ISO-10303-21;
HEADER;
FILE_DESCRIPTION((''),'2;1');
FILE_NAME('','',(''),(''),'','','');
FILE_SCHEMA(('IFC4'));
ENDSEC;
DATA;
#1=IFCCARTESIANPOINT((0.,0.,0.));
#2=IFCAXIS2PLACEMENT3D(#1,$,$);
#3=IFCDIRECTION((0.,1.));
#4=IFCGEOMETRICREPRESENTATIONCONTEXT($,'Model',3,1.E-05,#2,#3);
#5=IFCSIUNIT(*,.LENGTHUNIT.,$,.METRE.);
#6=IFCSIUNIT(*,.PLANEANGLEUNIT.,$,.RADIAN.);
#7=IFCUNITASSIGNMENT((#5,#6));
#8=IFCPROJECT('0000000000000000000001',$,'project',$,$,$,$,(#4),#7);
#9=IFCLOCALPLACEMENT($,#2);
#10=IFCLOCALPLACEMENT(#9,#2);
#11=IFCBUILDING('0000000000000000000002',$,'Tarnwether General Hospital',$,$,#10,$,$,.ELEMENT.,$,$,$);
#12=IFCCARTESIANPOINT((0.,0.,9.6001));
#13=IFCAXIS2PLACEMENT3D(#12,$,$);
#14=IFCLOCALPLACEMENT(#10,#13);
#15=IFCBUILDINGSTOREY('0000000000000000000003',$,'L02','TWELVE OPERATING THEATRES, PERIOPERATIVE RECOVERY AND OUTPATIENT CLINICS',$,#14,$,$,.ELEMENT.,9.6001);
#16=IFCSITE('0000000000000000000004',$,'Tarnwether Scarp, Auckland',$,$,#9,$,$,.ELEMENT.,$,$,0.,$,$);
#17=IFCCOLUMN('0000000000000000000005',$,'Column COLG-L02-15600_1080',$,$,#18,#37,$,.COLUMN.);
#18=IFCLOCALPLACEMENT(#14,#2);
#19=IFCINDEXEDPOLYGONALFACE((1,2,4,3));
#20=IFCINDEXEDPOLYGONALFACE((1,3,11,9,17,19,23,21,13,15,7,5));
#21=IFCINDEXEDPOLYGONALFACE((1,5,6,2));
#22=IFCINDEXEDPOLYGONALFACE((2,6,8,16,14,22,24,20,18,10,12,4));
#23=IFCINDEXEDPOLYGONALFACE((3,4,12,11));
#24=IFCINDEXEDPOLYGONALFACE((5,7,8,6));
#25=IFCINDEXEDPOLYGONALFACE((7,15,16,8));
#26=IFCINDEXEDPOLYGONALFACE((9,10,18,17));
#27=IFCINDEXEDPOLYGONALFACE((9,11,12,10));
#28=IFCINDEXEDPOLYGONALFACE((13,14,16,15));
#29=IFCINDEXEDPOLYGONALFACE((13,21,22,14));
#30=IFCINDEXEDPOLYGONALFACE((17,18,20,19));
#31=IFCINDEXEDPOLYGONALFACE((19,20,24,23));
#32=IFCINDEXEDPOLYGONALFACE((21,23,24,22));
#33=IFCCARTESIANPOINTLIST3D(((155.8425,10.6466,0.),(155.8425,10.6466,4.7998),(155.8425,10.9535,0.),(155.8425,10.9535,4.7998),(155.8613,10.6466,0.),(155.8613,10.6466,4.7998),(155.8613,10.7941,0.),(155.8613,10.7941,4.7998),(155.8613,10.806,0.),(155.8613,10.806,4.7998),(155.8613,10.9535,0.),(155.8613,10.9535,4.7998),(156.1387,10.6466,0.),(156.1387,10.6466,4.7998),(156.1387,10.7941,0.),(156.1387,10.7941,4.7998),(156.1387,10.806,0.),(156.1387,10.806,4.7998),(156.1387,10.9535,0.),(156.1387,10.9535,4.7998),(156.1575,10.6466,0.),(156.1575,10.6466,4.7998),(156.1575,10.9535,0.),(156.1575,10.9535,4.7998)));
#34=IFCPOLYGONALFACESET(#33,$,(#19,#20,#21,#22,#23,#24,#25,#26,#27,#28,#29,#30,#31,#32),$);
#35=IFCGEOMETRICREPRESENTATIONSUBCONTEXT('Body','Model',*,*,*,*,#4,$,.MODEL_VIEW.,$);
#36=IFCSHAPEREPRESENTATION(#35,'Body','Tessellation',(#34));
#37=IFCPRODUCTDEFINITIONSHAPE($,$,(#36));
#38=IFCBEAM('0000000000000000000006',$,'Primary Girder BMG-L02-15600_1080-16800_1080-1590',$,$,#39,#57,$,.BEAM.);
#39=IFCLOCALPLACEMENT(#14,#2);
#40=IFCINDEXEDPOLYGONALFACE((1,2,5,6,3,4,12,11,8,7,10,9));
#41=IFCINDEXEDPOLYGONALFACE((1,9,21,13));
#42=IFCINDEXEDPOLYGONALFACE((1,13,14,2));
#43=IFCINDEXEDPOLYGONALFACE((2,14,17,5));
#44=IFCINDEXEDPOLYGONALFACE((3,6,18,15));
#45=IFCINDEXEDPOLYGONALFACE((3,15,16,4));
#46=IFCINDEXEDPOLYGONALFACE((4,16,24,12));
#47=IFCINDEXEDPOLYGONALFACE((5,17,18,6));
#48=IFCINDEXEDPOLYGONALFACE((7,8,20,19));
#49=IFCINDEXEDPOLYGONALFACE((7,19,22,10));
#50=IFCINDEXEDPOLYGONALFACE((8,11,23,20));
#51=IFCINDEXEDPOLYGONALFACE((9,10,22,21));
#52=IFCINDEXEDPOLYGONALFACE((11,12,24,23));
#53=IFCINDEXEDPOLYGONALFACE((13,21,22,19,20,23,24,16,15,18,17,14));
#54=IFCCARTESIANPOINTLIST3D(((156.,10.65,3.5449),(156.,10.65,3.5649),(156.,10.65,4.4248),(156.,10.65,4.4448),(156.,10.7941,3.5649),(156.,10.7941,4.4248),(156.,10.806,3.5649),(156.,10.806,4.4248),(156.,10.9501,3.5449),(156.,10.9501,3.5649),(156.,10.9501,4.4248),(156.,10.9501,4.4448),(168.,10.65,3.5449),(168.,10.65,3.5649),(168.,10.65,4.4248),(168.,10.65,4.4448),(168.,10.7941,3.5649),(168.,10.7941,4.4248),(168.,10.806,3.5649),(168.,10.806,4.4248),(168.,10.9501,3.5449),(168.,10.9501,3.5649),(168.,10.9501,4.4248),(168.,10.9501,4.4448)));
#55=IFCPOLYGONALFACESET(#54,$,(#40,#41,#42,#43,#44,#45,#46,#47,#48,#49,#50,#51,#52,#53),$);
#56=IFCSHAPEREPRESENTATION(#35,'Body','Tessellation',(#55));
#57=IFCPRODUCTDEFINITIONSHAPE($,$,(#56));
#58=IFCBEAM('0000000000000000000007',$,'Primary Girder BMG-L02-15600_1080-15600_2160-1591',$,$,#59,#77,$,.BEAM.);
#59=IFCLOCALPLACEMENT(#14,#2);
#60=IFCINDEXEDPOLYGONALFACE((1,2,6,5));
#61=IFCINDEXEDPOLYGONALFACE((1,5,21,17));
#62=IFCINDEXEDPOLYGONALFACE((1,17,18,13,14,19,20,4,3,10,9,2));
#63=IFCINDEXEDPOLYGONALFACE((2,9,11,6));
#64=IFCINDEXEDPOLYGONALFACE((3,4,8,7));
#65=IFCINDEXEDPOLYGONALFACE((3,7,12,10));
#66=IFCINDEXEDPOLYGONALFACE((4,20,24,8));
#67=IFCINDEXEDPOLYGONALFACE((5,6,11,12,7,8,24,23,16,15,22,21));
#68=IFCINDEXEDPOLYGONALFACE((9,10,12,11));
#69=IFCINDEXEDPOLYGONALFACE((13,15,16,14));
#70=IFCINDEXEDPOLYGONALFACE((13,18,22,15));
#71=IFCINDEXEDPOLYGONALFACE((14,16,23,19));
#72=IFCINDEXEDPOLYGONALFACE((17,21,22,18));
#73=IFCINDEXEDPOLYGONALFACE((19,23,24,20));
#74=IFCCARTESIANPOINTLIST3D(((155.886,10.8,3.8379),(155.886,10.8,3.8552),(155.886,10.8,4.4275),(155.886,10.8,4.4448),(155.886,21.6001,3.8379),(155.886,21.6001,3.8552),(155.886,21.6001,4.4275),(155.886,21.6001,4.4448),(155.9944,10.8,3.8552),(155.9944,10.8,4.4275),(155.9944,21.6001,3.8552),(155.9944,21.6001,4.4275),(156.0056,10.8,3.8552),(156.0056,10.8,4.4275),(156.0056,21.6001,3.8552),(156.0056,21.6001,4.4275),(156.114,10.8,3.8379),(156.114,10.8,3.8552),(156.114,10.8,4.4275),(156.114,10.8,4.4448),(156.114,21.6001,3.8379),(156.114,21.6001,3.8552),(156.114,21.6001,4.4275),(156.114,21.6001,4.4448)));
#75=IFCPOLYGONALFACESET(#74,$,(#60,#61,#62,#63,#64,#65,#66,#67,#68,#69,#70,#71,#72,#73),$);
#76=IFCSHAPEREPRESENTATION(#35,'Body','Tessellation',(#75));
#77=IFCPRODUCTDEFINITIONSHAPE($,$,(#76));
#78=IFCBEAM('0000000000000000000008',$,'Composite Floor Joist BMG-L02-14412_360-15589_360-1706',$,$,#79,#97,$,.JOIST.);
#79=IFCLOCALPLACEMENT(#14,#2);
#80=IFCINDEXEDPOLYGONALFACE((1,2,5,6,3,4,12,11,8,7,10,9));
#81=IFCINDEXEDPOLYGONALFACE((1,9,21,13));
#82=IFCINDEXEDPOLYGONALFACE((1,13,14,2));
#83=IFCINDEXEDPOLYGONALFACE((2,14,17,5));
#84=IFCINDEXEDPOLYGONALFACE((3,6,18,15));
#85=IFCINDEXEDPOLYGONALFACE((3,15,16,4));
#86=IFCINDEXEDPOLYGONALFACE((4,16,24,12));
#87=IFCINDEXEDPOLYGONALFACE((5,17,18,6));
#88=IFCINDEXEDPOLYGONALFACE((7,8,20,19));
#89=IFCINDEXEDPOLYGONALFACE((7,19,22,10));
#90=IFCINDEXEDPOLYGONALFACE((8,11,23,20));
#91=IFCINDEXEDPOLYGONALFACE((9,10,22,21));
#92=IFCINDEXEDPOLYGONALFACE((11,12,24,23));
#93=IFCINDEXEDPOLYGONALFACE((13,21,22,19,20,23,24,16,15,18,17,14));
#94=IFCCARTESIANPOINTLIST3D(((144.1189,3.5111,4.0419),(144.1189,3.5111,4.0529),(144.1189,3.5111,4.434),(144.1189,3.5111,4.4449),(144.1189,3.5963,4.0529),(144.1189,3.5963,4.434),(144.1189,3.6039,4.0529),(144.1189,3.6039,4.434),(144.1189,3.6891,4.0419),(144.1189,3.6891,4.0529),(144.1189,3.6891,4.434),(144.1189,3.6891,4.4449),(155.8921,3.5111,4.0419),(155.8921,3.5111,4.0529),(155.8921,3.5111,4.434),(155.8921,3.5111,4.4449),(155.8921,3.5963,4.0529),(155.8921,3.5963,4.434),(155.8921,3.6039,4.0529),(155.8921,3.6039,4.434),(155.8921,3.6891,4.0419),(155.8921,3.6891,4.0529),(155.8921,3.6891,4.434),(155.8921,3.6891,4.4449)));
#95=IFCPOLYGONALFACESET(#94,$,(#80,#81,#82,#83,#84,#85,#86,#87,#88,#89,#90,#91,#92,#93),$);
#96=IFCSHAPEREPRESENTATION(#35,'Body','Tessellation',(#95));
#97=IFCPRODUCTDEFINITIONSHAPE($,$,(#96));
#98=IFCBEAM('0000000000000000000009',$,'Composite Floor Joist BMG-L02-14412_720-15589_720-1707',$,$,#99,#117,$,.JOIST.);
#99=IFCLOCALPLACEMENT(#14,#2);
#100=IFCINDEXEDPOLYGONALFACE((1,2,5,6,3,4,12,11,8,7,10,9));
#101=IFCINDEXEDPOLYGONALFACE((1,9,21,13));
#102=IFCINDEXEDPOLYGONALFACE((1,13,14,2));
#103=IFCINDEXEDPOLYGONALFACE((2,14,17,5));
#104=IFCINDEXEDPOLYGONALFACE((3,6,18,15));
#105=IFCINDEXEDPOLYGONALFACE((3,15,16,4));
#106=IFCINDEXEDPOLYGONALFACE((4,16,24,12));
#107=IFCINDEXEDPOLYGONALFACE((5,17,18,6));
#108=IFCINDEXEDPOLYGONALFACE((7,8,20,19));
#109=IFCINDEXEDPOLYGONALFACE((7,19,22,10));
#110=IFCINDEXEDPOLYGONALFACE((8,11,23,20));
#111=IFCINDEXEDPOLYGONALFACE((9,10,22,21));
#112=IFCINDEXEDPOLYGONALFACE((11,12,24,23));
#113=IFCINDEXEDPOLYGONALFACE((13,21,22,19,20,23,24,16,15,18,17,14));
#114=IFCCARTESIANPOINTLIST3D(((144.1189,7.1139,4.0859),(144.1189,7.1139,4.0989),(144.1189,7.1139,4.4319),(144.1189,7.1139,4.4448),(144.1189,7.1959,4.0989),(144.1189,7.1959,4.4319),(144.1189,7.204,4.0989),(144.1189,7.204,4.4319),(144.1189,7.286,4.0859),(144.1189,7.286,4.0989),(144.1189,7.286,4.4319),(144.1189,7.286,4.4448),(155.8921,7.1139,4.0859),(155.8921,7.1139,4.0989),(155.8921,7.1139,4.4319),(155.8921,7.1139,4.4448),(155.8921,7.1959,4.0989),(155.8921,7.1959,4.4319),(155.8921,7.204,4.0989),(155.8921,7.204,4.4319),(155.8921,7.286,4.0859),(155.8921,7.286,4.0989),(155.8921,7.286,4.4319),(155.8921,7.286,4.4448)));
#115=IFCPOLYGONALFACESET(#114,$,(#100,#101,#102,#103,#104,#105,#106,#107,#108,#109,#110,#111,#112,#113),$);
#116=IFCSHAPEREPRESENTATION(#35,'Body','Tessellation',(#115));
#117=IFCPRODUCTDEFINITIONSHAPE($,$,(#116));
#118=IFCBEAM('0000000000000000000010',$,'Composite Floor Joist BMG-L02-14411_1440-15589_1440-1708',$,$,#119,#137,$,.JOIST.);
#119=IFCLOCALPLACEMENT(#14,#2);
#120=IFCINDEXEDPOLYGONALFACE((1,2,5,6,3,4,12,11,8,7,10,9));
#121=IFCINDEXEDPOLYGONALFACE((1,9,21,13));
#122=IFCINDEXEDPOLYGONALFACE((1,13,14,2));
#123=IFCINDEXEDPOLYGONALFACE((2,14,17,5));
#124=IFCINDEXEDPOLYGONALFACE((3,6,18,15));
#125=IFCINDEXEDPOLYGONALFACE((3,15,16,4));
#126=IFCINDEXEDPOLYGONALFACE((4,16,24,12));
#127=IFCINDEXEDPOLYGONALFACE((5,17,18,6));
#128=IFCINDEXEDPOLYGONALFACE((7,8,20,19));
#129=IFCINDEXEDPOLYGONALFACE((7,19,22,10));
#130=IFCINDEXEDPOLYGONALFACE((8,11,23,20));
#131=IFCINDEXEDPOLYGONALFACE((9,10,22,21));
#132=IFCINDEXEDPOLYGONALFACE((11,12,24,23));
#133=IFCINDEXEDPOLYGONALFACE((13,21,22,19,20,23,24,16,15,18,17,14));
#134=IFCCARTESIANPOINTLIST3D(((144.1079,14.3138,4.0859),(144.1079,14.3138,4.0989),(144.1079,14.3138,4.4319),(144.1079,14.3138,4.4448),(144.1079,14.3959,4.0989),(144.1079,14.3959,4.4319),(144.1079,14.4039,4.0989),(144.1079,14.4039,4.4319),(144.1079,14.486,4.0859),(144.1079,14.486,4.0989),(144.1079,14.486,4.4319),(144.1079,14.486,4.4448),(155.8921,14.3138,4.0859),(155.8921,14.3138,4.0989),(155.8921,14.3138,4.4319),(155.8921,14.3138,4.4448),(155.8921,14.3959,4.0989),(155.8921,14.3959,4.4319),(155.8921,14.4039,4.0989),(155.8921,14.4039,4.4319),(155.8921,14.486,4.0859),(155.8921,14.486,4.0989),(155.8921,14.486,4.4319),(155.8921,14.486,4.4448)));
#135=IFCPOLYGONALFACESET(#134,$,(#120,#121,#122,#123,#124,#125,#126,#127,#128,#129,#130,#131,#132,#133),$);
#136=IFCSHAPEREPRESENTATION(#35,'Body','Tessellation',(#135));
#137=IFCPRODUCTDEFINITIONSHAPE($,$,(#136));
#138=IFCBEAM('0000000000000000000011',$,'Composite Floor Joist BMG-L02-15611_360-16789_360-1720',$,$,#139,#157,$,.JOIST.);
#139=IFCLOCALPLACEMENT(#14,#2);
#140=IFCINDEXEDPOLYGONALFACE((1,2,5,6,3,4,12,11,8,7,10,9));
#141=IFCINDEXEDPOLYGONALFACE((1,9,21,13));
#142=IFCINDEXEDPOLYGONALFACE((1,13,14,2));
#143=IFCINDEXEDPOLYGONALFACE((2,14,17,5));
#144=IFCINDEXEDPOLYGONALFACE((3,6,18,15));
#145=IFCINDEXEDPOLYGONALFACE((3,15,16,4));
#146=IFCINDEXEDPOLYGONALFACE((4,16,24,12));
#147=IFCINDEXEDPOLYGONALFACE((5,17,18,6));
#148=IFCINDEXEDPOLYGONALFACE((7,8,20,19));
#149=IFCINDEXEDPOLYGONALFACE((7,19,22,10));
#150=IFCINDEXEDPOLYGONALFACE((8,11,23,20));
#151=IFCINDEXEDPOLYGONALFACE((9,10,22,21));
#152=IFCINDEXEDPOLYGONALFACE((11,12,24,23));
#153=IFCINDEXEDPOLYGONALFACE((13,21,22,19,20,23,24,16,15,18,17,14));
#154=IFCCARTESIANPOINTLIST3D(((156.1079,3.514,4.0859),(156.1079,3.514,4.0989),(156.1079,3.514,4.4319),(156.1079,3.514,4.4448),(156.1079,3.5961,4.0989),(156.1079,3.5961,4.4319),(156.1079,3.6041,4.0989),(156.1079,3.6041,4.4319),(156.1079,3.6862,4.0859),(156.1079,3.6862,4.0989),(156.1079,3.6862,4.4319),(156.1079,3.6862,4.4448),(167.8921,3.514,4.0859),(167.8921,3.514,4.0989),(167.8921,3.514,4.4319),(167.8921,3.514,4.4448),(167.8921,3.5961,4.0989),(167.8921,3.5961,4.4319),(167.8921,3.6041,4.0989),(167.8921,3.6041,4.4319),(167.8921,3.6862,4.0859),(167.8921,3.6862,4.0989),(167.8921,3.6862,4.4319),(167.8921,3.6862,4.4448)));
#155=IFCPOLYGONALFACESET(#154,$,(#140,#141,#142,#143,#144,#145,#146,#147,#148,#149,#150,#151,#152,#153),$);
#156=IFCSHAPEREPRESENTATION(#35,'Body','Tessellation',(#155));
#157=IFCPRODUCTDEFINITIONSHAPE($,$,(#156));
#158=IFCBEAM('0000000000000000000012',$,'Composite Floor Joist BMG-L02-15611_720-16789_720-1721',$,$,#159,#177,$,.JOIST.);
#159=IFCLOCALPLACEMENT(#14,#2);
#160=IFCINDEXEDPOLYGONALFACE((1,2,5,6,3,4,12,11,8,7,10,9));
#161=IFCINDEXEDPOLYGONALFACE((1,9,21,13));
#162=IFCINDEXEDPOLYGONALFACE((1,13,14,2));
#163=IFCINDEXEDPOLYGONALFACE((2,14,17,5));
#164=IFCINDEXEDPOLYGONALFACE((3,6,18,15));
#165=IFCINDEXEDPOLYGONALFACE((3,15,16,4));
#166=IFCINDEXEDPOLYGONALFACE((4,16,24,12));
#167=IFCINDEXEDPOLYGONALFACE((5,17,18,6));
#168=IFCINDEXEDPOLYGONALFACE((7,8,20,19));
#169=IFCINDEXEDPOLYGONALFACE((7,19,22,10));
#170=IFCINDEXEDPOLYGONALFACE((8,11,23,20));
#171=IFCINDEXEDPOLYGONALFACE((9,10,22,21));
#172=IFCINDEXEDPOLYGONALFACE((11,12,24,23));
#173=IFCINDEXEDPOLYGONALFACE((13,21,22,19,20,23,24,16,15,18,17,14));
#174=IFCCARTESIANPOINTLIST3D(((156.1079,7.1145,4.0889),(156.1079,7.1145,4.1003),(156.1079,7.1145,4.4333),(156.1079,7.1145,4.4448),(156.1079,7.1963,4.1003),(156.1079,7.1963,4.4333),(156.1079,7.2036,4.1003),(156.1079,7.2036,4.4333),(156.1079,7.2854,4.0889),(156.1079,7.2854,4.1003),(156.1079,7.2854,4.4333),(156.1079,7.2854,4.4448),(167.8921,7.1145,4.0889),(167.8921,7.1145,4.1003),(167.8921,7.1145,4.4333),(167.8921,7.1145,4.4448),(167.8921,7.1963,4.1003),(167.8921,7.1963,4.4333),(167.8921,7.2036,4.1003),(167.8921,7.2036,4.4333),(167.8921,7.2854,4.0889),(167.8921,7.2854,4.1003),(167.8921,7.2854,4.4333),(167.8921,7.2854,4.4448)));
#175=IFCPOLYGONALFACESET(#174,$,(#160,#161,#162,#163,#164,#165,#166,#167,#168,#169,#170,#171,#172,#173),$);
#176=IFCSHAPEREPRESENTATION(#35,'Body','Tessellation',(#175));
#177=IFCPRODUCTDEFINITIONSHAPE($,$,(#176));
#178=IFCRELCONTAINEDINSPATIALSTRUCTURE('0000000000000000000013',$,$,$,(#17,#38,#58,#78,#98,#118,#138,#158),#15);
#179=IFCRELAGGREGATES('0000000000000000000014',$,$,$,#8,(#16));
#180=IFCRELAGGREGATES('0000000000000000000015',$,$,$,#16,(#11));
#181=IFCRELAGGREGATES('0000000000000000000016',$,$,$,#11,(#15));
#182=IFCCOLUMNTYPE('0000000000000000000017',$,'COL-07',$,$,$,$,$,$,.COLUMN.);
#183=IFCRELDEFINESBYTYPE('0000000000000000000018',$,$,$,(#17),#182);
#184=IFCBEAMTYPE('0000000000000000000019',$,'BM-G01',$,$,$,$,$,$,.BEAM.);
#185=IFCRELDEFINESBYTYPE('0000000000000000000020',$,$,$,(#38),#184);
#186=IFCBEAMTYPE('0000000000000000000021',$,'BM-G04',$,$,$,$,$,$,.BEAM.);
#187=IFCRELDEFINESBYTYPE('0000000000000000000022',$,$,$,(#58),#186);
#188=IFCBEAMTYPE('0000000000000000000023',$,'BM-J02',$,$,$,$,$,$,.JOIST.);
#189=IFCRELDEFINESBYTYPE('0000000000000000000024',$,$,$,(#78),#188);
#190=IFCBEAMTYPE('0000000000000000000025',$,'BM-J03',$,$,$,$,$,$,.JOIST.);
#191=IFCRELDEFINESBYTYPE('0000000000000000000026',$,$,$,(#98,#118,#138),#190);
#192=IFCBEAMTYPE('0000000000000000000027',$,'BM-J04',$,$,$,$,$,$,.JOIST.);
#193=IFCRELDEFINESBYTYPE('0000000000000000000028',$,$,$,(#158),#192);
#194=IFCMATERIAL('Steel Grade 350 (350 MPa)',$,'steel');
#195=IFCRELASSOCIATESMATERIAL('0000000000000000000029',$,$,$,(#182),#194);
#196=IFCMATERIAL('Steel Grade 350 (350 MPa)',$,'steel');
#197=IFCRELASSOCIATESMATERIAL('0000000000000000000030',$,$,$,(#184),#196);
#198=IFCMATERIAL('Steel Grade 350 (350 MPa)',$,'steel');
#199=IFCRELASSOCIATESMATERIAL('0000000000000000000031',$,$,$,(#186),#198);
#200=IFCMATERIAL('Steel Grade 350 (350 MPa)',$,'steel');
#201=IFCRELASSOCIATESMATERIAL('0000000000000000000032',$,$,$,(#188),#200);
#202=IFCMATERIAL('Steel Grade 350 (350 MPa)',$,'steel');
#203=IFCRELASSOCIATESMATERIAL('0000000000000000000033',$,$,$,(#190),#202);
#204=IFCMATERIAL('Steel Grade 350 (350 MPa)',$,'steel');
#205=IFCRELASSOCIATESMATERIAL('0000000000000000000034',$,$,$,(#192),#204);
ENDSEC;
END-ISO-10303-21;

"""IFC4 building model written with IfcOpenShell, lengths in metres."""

from ifc_helpers import new_model, si_unit, direction, frame, origin, origin_2d, place, context, subcontext, project, spatial, i_section, extrude, material, material_profile, profile_set, type_object, element, save


model = new_model("IFC4")

# Units and contexts
model_context = context("Model", 3, precision=1e-05, world=origin(), true_north=direction((0.0, 1.0)))
body_context = subcontext(model_context, "Body", "Model", "MODEL_VIEW")
ifc_project = project(units=[si_unit("LENGTHUNIT", "METRE"), si_unit("PLANEANGLEUNIT", "RADIAN")], contexts=[model_context])

# Site, building, storey
site_placement = place(None, origin())
site = spatial("IfcSite", under=ifc_project, at=site_placement, Name="Tarnwether Scarp, Auckland", CompositionType="ELEMENT", RefElevation=0.0)
building_placement = place(site_placement, origin())
building = spatial("IfcBuilding", under=site, at=building_placement, Name="Tarnwether General Hospital", CompositionType="ELEMENT")
storey_placement = place(building_placement, frame((0.0, 0.0, 9.6001)))
storey = spatial("IfcBuildingStorey", under=building, at=storey_placement, Name="L02", Description="TWELVE OPERATING THEATRES, PERIOPERATIVE RECOVERY AND OUTPATIENT CLINICS", CompositionType="ELEMENT", Elevation=9.6001)

# Column
ifc_material_1 = material(Name="Steel Grade 350 (350 MPa)", Category="steel")
ifc_material_profile_1 = material_profile(ifc_material_1, i_section(OverallWidth=0.3069, OverallDepth=0.3149, WebThickness=0.012, FlangeThickness=0.0188, at=origin_2d()), Name="310UC118")
ifc_profile_set_1 = profile_set([ifc_material_profile_1], Name="Steel Grade 350 (350 MPa)")
column_type = type_object("IfcColumnType", Name="COL-07", PredefinedType="COLUMN", material=ifc_profile_set_1)
column_placement = place(storey_placement, frame((156.0, 10.8, 0.0), z_axis=(0.0, 0.0, 1.0), x_axis=(0.0, 1.0, 0.0)))
element("IfcColumn", 1, at=column_placement, inside=storey, type_object=column_type, Name="Column COLG-L02-15600_1080", PredefinedType="COLUMN", context=body_context, shape_type="SweptSolid", body=[
    extrude(i_section(OverallWidth=0.3069, OverallDepth=0.3149, WebThickness=0.012, FlangeThickness=0.0188, at=origin_2d()), origin(), (0.0, 0.0, 1.0), 4.7998),
])

# Beams
ifc_material_2 = material(Name="Steel Grade 350 (350 MPa)", Category="steel")
ifc_material_profile_2 = material_profile(ifc_material_2, i_section(OverallWidth=0.3, OverallDepth=0.8999, WebThickness=0.012, FlangeThickness=0.02, at=origin_2d()), Name="900WB175")
ifc_profile_set_2 = profile_set([ifc_material_profile_2], Name="Steel Grade 350 (350 MPa)")
beam_type_1 = type_object("IfcBeamType", Name="BM-G01", PredefinedType="BEAM", material=ifc_profile_set_2)
beam_1_placement = place(storey_placement, frame((156.0, 10.8, 3.9949), z_axis=(1.0, 0.0, 0.0), x_axis=(0.0, 1.0, 0.0)))
element("IfcBeam", 2, at=beam_1_placement, inside=storey, type_object=beam_type_1, Name="Primary Girder BMG-L02-15600_1080-16800_1080-1590", PredefinedType="BEAM", context=body_context, shape_type="SweptSolid", body=[
    extrude(i_section(OverallWidth=0.3, OverallDepth=0.8999, WebThickness=0.012, FlangeThickness=0.02, at=origin_2d()), origin(), (0.0, 0.0, 1.0), 12.0),
])
ifc_material_3 = material(Name="Steel Grade 350 (350 MPa)", Category="steel")
ifc_material_profile_3 = material_profile(ifc_material_3, i_section(OverallWidth=0.228, OverallDepth=0.6069, WebThickness=0.0112, FlangeThickness=0.0173, at=origin_2d()), Name="610UB113")
ifc_profile_set_3 = profile_set([ifc_material_profile_3], Name="Steel Grade 350 (350 MPa)")
beam_type_2 = type_object("IfcBeamType", Name="BM-G04", PredefinedType="BEAM", material=ifc_profile_set_3)
beam_2_placement = place(storey_placement, frame((156.0, 10.8, 4.1414), z_axis=(0.0, 1.0, 0.0), x_axis=(-1.0, 0.0, 0.0)))
element("IfcBeam", 3, at=beam_2_placement, inside=storey, type_object=beam_type_2, Name="Primary Girder BMG-L02-15600_1080-15600_2160-1591", PredefinedType="BEAM", context=body_context, shape_type="SweptSolid", body=[
    extrude(i_section(OverallWidth=0.228, OverallDepth=0.6069, WebThickness=0.0112, FlangeThickness=0.0173, at=origin_2d()), origin(), (0.0, 0.0, 1.0), 10.8),
])
ifc_material_4 = material(Name="Steel Grade 350 (350 MPa)", Category="steel")
ifc_material_profile_4 = material_profile(ifc_material_4, i_section(OverallWidth=0.178, OverallDepth=0.4031, WebThickness=0.0076, FlangeThickness=0.011, at=origin_2d()), Name="410UB53.7")
ifc_profile_set_4 = profile_set([ifc_material_profile_4], Name="Steel Grade 350 (350 MPa)")
beam_type_3 = type_object("IfcBeamType", Name="BM-J02", PredefinedType="JOIST", material=ifc_profile_set_4)
beam_3_placement = place(storey_placement, frame((144.1189, 3.6001, 4.2434), z_axis=(1.0, 0.0, 0.0), x_axis=(0.0, 1.0, 0.0)))
element("IfcBeam", 4, at=beam_3_placement, inside=storey, type_object=beam_type_3, Name="Composite Floor Joist BMG-L02-14412_360-15589_360-1706", PredefinedType="JOIST", context=body_context, shape_type="SweptSolid", body=[
    extrude(i_section(OverallWidth=0.178, OverallDepth=0.4031, WebThickness=0.0076, FlangeThickness=0.011, at=origin_2d()), origin(), (0.0, 0.0, 1.0), 11.7732),
])
ifc_material_5 = material(Name="Steel Grade 350 (350 MPa)", Category="steel")
ifc_material_profile_5 = material_profile(ifc_material_5, i_section(OverallWidth=0.1721, OverallDepth=0.3589, WebThickness=0.0081, FlangeThickness=0.0129, at=origin_2d()), Name="360UB56.7")
ifc_profile_set_5 = profile_set([ifc_material_profile_5], Name="Steel Grade 350 (350 MPa)")
beam_type_4 = type_object("IfcBeamType", Name="BM-J03", PredefinedType="JOIST", material=ifc_profile_set_5)
beam_4_placement = place(storey_placement, frame((144.1189, 7.2, 4.2654), z_axis=(1.0, 0.0, 0.0), x_axis=(0.0, 1.0, 0.0)))
element("IfcBeam", 5, at=beam_4_placement, inside=storey, type_object=beam_type_4, Name="Composite Floor Joist BMG-L02-14412_720-15589_720-1707", PredefinedType="JOIST", context=body_context, shape_type="SweptSolid", body=[
    extrude(i_section(OverallWidth=0.1721, OverallDepth=0.3589, WebThickness=0.0081, FlangeThickness=0.0129, at=origin_2d()), origin(), (0.0, 0.0, 1.0), 11.7732),
])
for number, where, z_axis, x_axis, name in (
    (6, (144.1079, 14.3999, 4.2654), (1.0, 0.0, 0.0), (0.0, 1.0, 0.0), "Composite Floor Joist BMG-L02-14411_1440-15589_1440-1708"),
    (7, (156.1079, 3.6001, 4.2654), (1.0, 0.0, 0.0), (0.0, 1.0, 0.0), "Composite Floor Joist BMG-L02-15611_360-16789_360-1720"),
):
    element("IfcBeam", number, at=place(storey_placement, frame(where, z_axis=z_axis, x_axis=x_axis)), inside=storey, type_object=beam_type_4, Name=name, PredefinedType="JOIST", context=body_context, shape_type="SweptSolid", body=[
        extrude(i_section(OverallWidth=0.1721, OverallDepth=0.3589, WebThickness=0.0081, FlangeThickness=0.0129, at=origin_2d()), origin(), (0.0, 0.0, 1.0), 11.7842),
    ])
ifc_material_6 = material(Name="Steel Grade 350 (350 MPa)", Category="steel")
ifc_material_profile_6 = material_profile(ifc_material_6, i_section(OverallWidth=0.1709, OverallDepth=0.356, WebThickness=0.0073, FlangeThickness=0.0115, at=origin_2d()), Name="360UB50.7")
ifc_profile_set_6 = profile_set([ifc_material_profile_6], Name="Steel Grade 350 (350 MPa)")
beam_type_5 = type_object("IfcBeamType", Name="BM-J04", PredefinedType="JOIST", material=ifc_profile_set_6)
for number, where, z_axis, x_axis, name in (
    (8, (156.1079, 7.2, 4.2668), (1.0, 0.0, 0.0), (0.0, 1.0, 0.0), "Composite Floor Joist BMG-L02-15611_720-16789_720-1721"),
):
    element("IfcBeam", number, at=place(storey_placement, frame(where, z_axis=z_axis, x_axis=x_axis)), inside=storey, type_object=beam_type_5, Name=name, PredefinedType="JOIST", context=body_context, shape_type="SweptSolid", body=[
        extrude(i_section(OverallWidth=0.1709, OverallDepth=0.356, WebThickness=0.0073, FlangeThickness=0.0115, at=origin_2d()), origin(), (0.0, 0.0, 1.0), 11.7842),
    ])

save(model, "model.ifc")
